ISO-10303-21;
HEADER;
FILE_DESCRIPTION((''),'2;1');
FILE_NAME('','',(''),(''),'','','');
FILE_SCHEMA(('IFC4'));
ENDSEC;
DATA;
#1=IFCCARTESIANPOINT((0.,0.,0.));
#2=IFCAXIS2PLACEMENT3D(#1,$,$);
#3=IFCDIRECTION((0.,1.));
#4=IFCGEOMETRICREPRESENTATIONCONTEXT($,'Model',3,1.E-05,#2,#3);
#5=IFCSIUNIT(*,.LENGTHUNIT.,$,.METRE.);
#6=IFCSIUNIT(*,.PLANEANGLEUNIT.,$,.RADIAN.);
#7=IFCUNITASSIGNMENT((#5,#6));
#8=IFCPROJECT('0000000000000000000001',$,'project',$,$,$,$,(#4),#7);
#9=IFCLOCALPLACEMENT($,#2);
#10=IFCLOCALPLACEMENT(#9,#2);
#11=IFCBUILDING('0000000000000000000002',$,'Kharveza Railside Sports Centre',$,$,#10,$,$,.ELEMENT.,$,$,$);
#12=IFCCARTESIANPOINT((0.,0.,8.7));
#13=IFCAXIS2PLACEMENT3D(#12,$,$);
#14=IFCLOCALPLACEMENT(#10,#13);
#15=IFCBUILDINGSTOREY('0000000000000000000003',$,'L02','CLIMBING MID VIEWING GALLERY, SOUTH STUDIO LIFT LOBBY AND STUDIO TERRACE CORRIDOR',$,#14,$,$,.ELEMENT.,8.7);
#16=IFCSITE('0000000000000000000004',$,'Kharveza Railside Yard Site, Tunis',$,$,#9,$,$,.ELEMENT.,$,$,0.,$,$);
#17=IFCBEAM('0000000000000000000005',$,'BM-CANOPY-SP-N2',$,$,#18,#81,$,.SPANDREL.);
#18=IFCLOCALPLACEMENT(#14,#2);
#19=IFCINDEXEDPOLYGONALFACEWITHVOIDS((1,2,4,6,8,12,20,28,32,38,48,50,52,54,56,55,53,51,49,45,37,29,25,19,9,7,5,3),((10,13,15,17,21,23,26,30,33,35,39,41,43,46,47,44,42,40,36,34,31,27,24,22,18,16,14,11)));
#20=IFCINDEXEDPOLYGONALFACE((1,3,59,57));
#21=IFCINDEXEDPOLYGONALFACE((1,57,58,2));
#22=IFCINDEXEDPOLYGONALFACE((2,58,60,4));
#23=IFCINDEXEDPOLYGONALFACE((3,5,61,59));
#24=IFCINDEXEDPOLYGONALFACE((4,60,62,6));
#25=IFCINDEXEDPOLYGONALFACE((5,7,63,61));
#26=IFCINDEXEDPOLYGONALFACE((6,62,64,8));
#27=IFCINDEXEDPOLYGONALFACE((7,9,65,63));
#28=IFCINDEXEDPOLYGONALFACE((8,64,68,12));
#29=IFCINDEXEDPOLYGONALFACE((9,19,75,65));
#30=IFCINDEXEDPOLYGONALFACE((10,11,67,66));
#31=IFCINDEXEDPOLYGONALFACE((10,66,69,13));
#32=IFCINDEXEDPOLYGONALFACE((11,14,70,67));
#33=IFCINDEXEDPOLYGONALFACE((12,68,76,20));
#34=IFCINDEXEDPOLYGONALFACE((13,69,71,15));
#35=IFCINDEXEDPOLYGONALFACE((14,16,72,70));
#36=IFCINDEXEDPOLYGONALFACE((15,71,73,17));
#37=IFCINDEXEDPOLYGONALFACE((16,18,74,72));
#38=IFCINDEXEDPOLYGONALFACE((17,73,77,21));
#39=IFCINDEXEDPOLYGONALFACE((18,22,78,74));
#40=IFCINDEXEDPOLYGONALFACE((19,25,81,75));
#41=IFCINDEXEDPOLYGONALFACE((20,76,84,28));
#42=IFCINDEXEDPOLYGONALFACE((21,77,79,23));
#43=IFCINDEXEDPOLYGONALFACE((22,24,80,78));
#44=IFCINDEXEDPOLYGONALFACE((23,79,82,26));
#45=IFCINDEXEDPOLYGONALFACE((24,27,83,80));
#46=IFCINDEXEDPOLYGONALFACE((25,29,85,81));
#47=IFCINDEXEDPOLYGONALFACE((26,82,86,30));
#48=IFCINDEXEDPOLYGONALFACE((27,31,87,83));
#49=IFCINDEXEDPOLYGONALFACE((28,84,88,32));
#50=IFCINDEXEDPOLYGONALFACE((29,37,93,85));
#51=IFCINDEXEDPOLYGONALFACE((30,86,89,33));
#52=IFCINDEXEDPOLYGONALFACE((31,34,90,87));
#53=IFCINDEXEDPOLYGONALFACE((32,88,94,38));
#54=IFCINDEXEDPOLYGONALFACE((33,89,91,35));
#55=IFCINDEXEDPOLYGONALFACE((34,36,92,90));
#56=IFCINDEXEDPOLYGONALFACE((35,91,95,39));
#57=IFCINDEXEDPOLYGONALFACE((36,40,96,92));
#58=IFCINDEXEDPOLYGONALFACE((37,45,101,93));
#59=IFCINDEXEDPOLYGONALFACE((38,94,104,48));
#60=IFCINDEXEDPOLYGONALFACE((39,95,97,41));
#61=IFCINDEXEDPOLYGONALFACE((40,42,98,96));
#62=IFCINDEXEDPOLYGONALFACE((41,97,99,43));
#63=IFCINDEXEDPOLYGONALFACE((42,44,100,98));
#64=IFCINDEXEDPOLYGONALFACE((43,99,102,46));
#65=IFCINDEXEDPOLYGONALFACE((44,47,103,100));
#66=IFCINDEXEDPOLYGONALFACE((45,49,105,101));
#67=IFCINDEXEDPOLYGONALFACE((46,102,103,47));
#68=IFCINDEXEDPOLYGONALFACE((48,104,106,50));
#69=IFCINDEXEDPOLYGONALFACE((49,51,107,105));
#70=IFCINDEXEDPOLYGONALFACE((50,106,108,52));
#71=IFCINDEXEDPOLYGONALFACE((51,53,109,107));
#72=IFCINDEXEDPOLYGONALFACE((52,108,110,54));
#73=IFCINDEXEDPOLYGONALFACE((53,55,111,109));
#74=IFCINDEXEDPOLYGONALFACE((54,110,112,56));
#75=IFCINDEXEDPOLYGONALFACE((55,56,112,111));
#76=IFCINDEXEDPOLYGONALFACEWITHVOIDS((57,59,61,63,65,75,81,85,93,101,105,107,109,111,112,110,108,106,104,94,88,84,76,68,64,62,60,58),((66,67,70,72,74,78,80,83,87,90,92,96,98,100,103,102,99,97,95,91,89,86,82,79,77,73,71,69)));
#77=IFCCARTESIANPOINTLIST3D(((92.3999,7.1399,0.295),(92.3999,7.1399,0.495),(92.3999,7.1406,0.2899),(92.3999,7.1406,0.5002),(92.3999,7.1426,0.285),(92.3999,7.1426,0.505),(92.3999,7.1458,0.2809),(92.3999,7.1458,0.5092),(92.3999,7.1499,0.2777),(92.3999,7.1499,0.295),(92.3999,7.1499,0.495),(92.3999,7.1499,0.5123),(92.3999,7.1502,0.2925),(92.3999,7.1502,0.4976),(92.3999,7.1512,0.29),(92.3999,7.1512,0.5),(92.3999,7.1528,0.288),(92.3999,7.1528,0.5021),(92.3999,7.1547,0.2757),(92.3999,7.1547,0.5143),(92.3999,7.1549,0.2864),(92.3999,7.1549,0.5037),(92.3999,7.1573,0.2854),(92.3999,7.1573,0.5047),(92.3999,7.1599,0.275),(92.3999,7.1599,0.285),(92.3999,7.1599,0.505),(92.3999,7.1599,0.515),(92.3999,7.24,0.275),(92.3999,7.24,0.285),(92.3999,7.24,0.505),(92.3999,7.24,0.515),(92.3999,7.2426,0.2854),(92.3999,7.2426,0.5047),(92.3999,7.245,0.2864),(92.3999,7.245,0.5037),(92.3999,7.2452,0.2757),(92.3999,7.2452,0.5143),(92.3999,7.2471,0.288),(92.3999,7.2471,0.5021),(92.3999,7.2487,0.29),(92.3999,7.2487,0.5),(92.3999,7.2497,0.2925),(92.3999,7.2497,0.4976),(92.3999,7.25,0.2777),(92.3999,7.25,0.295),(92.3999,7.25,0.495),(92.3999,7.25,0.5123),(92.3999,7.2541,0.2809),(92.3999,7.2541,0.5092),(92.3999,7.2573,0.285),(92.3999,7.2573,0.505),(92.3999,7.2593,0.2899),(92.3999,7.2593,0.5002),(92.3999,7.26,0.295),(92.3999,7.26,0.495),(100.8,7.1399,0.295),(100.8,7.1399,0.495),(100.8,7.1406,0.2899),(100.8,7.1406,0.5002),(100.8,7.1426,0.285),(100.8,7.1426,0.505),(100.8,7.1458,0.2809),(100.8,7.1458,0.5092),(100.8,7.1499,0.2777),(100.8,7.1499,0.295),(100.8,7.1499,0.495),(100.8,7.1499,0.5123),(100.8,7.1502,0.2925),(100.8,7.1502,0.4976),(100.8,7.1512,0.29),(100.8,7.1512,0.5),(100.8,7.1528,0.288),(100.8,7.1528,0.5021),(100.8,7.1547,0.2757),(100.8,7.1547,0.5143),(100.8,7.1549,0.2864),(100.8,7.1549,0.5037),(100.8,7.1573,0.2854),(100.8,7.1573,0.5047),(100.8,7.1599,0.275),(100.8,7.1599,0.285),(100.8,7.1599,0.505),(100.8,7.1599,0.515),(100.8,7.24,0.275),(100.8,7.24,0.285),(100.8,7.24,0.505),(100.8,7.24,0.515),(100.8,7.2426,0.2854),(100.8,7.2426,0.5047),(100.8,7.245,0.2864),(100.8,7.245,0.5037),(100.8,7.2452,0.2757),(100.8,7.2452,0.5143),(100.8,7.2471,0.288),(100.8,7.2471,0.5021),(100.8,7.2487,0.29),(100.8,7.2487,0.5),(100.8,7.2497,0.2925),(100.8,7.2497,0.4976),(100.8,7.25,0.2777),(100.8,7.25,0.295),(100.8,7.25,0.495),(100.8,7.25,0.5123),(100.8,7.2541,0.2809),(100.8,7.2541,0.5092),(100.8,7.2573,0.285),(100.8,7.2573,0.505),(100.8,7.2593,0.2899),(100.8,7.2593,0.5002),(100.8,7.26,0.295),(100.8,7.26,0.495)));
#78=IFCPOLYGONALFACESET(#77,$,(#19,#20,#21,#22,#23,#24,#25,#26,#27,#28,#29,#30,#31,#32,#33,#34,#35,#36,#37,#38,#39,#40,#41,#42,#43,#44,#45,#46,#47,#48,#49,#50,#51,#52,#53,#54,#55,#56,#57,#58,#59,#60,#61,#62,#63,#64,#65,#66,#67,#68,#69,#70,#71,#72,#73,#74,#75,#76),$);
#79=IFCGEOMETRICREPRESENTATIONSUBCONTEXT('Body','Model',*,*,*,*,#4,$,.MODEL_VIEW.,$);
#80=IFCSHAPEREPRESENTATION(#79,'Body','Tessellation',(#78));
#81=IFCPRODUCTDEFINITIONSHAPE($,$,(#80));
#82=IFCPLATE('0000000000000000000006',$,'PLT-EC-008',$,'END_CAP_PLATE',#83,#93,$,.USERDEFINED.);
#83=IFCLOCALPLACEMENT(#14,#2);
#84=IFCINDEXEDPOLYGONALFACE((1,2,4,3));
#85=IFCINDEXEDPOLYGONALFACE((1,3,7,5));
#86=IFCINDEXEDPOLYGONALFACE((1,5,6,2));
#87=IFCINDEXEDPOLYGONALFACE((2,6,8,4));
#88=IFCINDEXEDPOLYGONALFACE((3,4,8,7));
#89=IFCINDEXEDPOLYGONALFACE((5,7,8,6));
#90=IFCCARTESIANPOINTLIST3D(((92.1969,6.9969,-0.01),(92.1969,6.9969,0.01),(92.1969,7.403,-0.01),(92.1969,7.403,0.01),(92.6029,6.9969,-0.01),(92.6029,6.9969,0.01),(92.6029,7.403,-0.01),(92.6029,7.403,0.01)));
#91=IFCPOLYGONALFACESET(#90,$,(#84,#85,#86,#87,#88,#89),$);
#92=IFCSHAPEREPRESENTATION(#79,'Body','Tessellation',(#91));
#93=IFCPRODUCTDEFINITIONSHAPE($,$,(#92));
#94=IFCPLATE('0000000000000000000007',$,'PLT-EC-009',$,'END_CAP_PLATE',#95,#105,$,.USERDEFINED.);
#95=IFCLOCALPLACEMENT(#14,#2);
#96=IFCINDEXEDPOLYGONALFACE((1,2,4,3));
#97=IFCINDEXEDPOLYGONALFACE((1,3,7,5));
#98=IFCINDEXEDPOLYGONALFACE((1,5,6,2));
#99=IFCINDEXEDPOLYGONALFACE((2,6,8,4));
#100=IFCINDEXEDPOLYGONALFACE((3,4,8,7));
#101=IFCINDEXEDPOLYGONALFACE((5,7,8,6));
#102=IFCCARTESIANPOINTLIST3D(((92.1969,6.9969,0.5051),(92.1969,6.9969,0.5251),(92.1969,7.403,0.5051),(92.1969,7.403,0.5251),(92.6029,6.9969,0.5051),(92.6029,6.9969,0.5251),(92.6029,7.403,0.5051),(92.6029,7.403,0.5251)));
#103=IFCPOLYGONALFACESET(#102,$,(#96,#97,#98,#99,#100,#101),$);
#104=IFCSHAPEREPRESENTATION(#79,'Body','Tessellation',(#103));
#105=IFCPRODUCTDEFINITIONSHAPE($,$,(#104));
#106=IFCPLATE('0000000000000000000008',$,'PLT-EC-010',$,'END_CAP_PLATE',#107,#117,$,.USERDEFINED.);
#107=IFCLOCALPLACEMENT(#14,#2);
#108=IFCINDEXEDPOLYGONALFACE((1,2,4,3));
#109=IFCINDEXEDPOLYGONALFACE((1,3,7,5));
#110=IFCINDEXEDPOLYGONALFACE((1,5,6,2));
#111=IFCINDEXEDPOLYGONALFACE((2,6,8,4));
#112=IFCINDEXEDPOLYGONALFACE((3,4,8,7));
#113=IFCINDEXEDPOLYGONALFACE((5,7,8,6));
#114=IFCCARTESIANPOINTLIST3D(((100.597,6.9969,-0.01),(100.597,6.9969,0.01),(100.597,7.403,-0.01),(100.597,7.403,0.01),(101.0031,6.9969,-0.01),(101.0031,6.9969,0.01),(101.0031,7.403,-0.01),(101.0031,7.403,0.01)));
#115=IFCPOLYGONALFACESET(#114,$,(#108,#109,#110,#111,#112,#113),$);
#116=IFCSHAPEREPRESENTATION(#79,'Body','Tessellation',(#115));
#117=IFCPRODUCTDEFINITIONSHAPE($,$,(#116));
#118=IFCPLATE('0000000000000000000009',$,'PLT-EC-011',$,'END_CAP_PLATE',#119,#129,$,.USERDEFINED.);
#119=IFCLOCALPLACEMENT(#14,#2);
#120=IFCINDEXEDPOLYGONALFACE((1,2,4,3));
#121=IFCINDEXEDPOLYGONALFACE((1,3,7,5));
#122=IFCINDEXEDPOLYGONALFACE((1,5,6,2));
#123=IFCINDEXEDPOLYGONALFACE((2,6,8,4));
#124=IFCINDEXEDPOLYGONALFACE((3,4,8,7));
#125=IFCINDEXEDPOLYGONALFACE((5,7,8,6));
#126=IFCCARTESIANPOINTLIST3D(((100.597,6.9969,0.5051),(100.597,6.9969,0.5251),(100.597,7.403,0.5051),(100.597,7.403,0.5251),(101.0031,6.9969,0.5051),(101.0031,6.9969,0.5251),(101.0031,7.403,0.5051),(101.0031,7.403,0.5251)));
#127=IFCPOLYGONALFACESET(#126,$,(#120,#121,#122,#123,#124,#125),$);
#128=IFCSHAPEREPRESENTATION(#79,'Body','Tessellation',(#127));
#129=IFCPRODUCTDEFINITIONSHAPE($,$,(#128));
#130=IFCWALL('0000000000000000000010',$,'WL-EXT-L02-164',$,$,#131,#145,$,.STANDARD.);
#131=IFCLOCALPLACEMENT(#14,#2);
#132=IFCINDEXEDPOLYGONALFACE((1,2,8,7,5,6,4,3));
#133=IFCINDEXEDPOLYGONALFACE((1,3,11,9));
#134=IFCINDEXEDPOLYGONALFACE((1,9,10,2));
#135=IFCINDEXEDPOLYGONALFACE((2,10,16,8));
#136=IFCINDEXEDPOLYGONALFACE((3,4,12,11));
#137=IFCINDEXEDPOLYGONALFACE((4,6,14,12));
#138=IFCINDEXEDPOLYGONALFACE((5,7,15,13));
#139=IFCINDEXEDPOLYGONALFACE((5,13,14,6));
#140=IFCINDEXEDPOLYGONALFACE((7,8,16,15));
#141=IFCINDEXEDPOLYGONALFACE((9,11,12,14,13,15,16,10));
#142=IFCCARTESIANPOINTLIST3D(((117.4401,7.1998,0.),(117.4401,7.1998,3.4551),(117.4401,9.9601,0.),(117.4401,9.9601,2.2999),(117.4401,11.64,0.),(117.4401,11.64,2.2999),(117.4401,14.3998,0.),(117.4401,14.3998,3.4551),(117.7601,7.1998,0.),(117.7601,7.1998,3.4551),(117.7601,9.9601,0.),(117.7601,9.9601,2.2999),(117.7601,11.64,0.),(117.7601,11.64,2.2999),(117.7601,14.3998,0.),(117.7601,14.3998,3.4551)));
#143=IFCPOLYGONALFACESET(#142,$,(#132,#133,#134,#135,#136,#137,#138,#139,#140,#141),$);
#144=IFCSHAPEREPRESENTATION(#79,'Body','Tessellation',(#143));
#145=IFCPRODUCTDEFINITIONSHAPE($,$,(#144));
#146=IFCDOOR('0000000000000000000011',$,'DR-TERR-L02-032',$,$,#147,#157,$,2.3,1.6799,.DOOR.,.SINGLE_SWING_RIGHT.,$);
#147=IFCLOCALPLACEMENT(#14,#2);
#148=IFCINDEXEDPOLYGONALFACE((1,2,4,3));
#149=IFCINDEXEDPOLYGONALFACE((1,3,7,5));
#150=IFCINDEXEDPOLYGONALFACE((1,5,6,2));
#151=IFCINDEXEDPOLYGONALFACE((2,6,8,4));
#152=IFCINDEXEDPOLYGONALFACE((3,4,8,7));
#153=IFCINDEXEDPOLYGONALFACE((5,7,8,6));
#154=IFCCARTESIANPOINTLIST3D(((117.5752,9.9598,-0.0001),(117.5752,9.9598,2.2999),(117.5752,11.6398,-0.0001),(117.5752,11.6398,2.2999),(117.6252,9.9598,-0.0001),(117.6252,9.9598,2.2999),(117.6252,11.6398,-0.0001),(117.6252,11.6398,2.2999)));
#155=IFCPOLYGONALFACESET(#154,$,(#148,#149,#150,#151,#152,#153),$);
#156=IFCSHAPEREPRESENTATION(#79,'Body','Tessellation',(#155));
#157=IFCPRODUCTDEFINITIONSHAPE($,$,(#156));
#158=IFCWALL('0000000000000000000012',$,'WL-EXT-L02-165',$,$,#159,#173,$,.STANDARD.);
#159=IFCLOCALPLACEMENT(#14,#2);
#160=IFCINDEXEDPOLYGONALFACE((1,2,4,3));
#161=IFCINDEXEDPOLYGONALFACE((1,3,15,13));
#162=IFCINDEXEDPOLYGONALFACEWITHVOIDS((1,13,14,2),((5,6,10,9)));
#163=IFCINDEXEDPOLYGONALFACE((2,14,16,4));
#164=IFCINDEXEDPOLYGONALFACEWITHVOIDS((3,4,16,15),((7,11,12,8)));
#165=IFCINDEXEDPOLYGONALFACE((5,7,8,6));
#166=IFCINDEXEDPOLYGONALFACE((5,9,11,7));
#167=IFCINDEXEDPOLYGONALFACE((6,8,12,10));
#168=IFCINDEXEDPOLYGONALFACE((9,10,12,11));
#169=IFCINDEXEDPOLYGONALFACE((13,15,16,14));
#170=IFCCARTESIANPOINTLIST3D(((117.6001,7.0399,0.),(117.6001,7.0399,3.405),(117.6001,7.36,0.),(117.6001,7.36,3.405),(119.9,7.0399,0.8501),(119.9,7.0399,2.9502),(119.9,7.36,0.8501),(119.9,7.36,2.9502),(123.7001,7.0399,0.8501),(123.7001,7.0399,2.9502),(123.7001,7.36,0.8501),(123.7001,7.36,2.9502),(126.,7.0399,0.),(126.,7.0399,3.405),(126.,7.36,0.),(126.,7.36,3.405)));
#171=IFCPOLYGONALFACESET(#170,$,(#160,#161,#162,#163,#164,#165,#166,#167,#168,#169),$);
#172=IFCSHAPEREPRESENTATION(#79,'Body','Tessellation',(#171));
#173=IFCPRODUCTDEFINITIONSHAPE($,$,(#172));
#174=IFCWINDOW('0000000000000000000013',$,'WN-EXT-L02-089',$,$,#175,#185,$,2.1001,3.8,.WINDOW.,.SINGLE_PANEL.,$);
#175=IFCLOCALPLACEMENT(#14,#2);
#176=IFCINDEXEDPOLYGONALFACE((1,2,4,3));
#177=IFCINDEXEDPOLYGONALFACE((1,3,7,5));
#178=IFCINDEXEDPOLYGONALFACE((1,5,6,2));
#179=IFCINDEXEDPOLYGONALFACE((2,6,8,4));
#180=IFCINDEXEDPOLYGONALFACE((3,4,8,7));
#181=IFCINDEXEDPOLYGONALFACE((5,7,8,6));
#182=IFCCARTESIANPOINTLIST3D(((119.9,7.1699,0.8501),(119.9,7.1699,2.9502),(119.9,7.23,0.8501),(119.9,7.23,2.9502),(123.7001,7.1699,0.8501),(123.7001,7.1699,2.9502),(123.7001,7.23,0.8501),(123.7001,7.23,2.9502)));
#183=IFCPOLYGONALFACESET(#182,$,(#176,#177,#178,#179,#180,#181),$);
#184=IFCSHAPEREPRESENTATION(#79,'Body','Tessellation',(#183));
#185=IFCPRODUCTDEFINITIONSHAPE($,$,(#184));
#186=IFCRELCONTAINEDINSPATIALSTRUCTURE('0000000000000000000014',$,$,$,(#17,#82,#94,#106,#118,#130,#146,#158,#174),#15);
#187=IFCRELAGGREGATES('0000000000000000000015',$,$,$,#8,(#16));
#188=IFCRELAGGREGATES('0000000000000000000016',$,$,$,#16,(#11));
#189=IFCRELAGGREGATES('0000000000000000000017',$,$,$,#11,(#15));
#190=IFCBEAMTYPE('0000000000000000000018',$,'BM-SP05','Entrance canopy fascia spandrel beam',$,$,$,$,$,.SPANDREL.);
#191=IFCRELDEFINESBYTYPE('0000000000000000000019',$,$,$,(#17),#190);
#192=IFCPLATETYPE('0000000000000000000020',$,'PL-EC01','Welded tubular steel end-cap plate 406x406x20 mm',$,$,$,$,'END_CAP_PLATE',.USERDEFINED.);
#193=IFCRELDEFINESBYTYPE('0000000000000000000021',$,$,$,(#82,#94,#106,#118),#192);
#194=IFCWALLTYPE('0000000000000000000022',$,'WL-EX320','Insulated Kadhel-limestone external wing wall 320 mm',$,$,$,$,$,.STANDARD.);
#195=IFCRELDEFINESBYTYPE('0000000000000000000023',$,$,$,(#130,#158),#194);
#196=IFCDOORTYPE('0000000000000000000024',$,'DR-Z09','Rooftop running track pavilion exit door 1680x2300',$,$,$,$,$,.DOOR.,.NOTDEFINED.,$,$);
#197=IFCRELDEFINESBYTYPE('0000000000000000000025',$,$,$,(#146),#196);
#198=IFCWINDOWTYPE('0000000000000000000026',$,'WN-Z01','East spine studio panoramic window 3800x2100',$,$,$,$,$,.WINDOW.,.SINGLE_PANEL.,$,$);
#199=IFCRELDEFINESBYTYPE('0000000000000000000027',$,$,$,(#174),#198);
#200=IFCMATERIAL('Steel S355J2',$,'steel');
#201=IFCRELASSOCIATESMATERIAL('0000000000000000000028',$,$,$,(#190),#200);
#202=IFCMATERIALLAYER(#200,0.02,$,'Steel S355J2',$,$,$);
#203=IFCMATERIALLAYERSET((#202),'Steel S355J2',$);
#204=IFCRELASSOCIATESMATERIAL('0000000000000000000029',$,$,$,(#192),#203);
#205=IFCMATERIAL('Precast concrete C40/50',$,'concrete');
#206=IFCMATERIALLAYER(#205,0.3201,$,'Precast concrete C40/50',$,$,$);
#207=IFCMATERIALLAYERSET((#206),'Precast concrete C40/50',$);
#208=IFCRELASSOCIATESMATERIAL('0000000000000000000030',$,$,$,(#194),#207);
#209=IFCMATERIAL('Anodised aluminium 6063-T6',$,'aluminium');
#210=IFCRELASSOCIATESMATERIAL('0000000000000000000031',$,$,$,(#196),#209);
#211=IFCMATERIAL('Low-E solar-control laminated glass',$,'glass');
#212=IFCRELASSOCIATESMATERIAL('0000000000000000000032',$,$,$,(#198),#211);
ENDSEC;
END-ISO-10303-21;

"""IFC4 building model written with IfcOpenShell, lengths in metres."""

from ifc_helpers import new_model, si_unit, direction, frame, frame_2d, origin, origin_2d, place, context, subcontext, project, spatial, rectangle, hollow_rectangle, extrude, material, layer, layer_set, material_profile, profile_set, type_object, element, fill, save


model = new_model("IFC4")

# Units and contexts
model_context = context("Model", 3, precision=1e-05, world=origin(), true_north=direction((0.0, 1.0)))
body_context = subcontext(model_context, "Body", "Model", "MODEL_VIEW")
ifc_project = project(units=[si_unit("LENGTHUNIT", "METRE"), si_unit("PLANEANGLEUNIT", "RADIAN")], contexts=[model_context])

# Site, building, storey
site_placement = place(None, origin())
site = spatial("IfcSite", under=ifc_project, at=site_placement, Name="Kharveza Railside Yard Site, Tunis", CompositionType="ELEMENT", RefElevation=0.0)
building_placement = place(site_placement, origin())
building = spatial("IfcBuilding", under=site, at=building_placement, Name="Kharveza Railside Sports Centre", CompositionType="ELEMENT")
storey_placement = place(building_placement, frame((0.0, 0.0, 8.7)))
storey = spatial("IfcBuildingStorey", under=building, at=storey_placement, Name="L02", Description="CLIMBING MID VIEWING GALLERY, SOUTH STUDIO LIFT LOBBY AND STUDIO TERRACE CORRIDOR", CompositionType="ELEMENT", Elevation=8.7)

# Shared definitions
ifc_material_1 = material(Name="Steel S355J2", Category="steel")

# Beam
ifc_material_profile_1 = material_profile(ifc_material_1, hollow_rectangle(XDim=0.1201, YDim=0.24, WallThickness=0.01, InnerFilletRadius=0.01, OuterFilletRadius=0.02, at=origin_2d()), Name="RHS 120x240x10.0")
ifc_profile_set_1 = profile_set([ifc_material_profile_1], Name="Steel S355J2")
beam_type_1 = type_object("IfcBeamType", Name="BM-SP05", Description="Entrance canopy fascia spandrel beam", PredefinedType="SPANDREL", material=ifc_profile_set_1)
for number, where, z_axis, x_axis, name in (
    (1, (92.3999, 7.2, 0.395), (1.0, 0.0, 0.0), (0.0, 1.0, 0.0), "BM-CANOPY-SP-N2"),
):
    element("IfcBeam", number, at=place(storey_placement, frame(where, z_axis=z_axis, x_axis=x_axis)), inside=storey, type_object=beam_type_1, Name=name, PredefinedType="SPANDREL", context=body_context, shape_type="SweptSolid", body=[
        extrude(hollow_rectangle(XDim=0.1201, YDim=0.24, WallThickness=0.01, InnerFilletRadius=0.01, OuterFilletRadius=0.02, at=origin_2d()), origin(), (0.0, 0.0, 1.0), 8.4001),
    ])

# Plates
ifc_layer_1 = layer(ifc_material_1, 0.02, Name="Steel S355J2")
ifc_layer_set_1 = layer_set([ifc_layer_1], Name="Steel S355J2")
plate_type = type_object("IfcPlateType", Name="PL-EC01", Description="Welded tubular steel end-cap plate 406x406x20 mm", ElementType="END_CAP_PLATE", PredefinedType="USERDEFINED", material=ifc_layer_set_1)
for number, where, z_axis, x_axis, name in (
    (2, (92.3999, 7.2, -0.01), (0.0, 0.0, 1.0), (1.0, 0.0, 0.0), "PLT-EC-008"),
    (3, (92.3999, 7.2, 0.5051), (0.0, 0.0, 1.0), (1.0, 0.0, 0.0), "PLT-EC-009"),
    (4, (100.8, 7.2, -0.01), (0.0, 0.0, 1.0), (1.0, 0.0, 0.0), "PLT-EC-010"),
    (5, (100.8, 7.2, 0.5051), (0.0, 0.0, 1.0), (1.0, 0.0, 0.0), "PLT-EC-011"),
):
    element("IfcPlate", number, at=place(storey_placement, frame(where, z_axis=z_axis, x_axis=x_axis)), inside=storey, type_object=plate_type, Name=name, ObjectType="END_CAP_PLATE", PredefinedType="USERDEFINED", context=body_context, shape_type="SweptSolid", body=[
        extrude(rectangle(XDim=0.406, YDim=0.406, at=origin_2d()), origin(), (0.0, 0.0, 1.0), 0.02),
    ])

# Wall, opening, door
ifc_material_2 = material(Name="Precast concrete C40/50", Category="concrete")
ifc_layer_2 = layer(ifc_material_2, 0.3201, Name="Precast concrete C40/50")
ifc_layer_set_2 = layer_set([ifc_layer_2], Name="Precast concrete C40/50")
wall_type = type_object("IfcWallType", Name="WL-EX320", Description="Insulated Kadhel-limestone external wing wall 320 mm", PredefinedType="STANDARD", material=ifc_layer_set_2)
wall_1_placement = place(storey_placement, frame((117.6001, 14.3999, 0.0), z_axis=(0.0, 0.0, 1.0), x_axis=(0.0, -1.0, 0.0)))
wall_1 = element("IfcWall", 6, at=wall_1_placement, inside=storey, type_object=wall_type, Name="WL-EXT-L02-164", PredefinedType="STANDARD", context=body_context, shape_type="SweptSolid", body=[
    extrude(rectangle(XDim=7.2, YDim=0.3201, at=frame_2d((3.6001, 0.0))), origin(), (0.0, 0.0, 1.0), 3.4551),
])
opening_1_placement = place(wall_1_placement, frame((2.76, 0.0, 0.0)))
opening_1 = element("IfcOpeningElement", 7, at=opening_1_placement, cuts=wall_1, PredefinedType="OPENING", context=body_context, shape_type="SweptSolid", body=[
    extrude(rectangle(XDim=1.6799, YDim=2.3, at=frame_2d((0.8398, 1.1499))), frame((0.0, 0.1851, 0.0), z_axis=(0.0, -1.0, 0.0), x_axis=(1.0, 0.0, 0.0)), (0.0, 0.0, 1.0), 0.3699),
])
ifc_material_3 = material(Name="Anodised aluminium 6063-T6", Category="aluminium")
door_type = type_object("IfcDoorType", Name="DR-Z09", Description="Rooftop running track pavilion exit door 1680x2300", OperationType="NOTDEFINED", PredefinedType="DOOR", material=ifc_material_3)
door_placement = place(opening_1_placement, frame((1.6799, 0.0, 0.0), z_axis=(0.0, 0.0, 1.0), x_axis=(-1.0, 0.0, 0.0)))
door = element("IfcDoor", 8, at=door_placement, inside=storey, type_object=door_type, Name="DR-TERR-L02-032", OperationType="SINGLE_SWING_RIGHT", OverallHeight=2.3, OverallWidth=1.6799, PredefinedType="DOOR", context=body_context, shape_type="SweptSolid", body=[
    extrude(rectangle(XDim=1.6799, YDim=2.3, at=frame_2d((0.8398, 1.1499))), frame((0.0, 0.0249, 0.0), z_axis=(0.0, -1.0, 0.0), x_axis=(1.0, 0.0, 0.0)), (0.0, 0.0, 1.0), 0.05),
])
fill(opening_1, door)

# Wall, opening, window
wall_2_placement = place(storey_placement, frame((117.6001, 7.2, 0.0), z_axis=(0.0, 0.0, 1.0), x_axis=(1.0, 0.0, 0.0)))
wall_2 = element("IfcWall", 9, at=wall_2_placement, inside=storey, type_object=wall_type, Name="WL-EXT-L02-165", PredefinedType="STANDARD", context=body_context, shape_type="SweptSolid", body=[
    extrude(rectangle(XDim=8.3999, YDim=0.3201, at=frame_2d((4.2, 0.0))), origin(), (0.0, 0.0, 1.0), 3.405),
])
opening_2_placement = place(wall_2_placement, frame((2.3, 0.0, 0.8501)))
opening_2 = element("IfcOpeningElement", 10, at=opening_2_placement, cuts=wall_2, PredefinedType="OPENING", context=body_context, shape_type="SweptSolid", body=[
    extrude(rectangle(XDim=3.8, YDim=2.1001, at=frame_2d((1.8999, 1.05))), frame((0.0, 0.1851, 0.0), z_axis=(0.0, -1.0, 0.0), x_axis=(1.0, 0.0, 0.0)), (0.0, 0.0, 1.0), 0.3699),
])
ifc_material_4 = material(Name="Low-E solar-control laminated glass", Category="glass")
window_type_1 = type_object("IfcWindowType", Name="WN-Z01", Description="East spine studio panoramic window 3800x2100", PartitioningType="SINGLE_PANEL", PredefinedType="WINDOW", material=ifc_material_4)
window_1_placement = place(opening_2_placement, origin())
window_1 = element("IfcWindow", 11, at=window_1_placement, inside=storey, type_object=window_type_1, Name="WN-EXT-L02-089", OverallHeight=2.1001, OverallWidth=3.8, PartitioningType="SINGLE_PANEL", PredefinedType="WINDOW", context=body_context, shape_type="SweptSolid", body=[
    extrude(rectangle(XDim=3.8, YDim=2.1001, at=frame_2d((1.8999, 1.05))), frame((0.0, 0.03, 0.0), z_axis=(0.0, -1.0, 0.0), x_axis=(1.0, 0.0, 0.0)), (0.0, 0.0, 1.0), 0.0601),
])
fill(opening_2, window_1)

save(model, "model.ifc")
